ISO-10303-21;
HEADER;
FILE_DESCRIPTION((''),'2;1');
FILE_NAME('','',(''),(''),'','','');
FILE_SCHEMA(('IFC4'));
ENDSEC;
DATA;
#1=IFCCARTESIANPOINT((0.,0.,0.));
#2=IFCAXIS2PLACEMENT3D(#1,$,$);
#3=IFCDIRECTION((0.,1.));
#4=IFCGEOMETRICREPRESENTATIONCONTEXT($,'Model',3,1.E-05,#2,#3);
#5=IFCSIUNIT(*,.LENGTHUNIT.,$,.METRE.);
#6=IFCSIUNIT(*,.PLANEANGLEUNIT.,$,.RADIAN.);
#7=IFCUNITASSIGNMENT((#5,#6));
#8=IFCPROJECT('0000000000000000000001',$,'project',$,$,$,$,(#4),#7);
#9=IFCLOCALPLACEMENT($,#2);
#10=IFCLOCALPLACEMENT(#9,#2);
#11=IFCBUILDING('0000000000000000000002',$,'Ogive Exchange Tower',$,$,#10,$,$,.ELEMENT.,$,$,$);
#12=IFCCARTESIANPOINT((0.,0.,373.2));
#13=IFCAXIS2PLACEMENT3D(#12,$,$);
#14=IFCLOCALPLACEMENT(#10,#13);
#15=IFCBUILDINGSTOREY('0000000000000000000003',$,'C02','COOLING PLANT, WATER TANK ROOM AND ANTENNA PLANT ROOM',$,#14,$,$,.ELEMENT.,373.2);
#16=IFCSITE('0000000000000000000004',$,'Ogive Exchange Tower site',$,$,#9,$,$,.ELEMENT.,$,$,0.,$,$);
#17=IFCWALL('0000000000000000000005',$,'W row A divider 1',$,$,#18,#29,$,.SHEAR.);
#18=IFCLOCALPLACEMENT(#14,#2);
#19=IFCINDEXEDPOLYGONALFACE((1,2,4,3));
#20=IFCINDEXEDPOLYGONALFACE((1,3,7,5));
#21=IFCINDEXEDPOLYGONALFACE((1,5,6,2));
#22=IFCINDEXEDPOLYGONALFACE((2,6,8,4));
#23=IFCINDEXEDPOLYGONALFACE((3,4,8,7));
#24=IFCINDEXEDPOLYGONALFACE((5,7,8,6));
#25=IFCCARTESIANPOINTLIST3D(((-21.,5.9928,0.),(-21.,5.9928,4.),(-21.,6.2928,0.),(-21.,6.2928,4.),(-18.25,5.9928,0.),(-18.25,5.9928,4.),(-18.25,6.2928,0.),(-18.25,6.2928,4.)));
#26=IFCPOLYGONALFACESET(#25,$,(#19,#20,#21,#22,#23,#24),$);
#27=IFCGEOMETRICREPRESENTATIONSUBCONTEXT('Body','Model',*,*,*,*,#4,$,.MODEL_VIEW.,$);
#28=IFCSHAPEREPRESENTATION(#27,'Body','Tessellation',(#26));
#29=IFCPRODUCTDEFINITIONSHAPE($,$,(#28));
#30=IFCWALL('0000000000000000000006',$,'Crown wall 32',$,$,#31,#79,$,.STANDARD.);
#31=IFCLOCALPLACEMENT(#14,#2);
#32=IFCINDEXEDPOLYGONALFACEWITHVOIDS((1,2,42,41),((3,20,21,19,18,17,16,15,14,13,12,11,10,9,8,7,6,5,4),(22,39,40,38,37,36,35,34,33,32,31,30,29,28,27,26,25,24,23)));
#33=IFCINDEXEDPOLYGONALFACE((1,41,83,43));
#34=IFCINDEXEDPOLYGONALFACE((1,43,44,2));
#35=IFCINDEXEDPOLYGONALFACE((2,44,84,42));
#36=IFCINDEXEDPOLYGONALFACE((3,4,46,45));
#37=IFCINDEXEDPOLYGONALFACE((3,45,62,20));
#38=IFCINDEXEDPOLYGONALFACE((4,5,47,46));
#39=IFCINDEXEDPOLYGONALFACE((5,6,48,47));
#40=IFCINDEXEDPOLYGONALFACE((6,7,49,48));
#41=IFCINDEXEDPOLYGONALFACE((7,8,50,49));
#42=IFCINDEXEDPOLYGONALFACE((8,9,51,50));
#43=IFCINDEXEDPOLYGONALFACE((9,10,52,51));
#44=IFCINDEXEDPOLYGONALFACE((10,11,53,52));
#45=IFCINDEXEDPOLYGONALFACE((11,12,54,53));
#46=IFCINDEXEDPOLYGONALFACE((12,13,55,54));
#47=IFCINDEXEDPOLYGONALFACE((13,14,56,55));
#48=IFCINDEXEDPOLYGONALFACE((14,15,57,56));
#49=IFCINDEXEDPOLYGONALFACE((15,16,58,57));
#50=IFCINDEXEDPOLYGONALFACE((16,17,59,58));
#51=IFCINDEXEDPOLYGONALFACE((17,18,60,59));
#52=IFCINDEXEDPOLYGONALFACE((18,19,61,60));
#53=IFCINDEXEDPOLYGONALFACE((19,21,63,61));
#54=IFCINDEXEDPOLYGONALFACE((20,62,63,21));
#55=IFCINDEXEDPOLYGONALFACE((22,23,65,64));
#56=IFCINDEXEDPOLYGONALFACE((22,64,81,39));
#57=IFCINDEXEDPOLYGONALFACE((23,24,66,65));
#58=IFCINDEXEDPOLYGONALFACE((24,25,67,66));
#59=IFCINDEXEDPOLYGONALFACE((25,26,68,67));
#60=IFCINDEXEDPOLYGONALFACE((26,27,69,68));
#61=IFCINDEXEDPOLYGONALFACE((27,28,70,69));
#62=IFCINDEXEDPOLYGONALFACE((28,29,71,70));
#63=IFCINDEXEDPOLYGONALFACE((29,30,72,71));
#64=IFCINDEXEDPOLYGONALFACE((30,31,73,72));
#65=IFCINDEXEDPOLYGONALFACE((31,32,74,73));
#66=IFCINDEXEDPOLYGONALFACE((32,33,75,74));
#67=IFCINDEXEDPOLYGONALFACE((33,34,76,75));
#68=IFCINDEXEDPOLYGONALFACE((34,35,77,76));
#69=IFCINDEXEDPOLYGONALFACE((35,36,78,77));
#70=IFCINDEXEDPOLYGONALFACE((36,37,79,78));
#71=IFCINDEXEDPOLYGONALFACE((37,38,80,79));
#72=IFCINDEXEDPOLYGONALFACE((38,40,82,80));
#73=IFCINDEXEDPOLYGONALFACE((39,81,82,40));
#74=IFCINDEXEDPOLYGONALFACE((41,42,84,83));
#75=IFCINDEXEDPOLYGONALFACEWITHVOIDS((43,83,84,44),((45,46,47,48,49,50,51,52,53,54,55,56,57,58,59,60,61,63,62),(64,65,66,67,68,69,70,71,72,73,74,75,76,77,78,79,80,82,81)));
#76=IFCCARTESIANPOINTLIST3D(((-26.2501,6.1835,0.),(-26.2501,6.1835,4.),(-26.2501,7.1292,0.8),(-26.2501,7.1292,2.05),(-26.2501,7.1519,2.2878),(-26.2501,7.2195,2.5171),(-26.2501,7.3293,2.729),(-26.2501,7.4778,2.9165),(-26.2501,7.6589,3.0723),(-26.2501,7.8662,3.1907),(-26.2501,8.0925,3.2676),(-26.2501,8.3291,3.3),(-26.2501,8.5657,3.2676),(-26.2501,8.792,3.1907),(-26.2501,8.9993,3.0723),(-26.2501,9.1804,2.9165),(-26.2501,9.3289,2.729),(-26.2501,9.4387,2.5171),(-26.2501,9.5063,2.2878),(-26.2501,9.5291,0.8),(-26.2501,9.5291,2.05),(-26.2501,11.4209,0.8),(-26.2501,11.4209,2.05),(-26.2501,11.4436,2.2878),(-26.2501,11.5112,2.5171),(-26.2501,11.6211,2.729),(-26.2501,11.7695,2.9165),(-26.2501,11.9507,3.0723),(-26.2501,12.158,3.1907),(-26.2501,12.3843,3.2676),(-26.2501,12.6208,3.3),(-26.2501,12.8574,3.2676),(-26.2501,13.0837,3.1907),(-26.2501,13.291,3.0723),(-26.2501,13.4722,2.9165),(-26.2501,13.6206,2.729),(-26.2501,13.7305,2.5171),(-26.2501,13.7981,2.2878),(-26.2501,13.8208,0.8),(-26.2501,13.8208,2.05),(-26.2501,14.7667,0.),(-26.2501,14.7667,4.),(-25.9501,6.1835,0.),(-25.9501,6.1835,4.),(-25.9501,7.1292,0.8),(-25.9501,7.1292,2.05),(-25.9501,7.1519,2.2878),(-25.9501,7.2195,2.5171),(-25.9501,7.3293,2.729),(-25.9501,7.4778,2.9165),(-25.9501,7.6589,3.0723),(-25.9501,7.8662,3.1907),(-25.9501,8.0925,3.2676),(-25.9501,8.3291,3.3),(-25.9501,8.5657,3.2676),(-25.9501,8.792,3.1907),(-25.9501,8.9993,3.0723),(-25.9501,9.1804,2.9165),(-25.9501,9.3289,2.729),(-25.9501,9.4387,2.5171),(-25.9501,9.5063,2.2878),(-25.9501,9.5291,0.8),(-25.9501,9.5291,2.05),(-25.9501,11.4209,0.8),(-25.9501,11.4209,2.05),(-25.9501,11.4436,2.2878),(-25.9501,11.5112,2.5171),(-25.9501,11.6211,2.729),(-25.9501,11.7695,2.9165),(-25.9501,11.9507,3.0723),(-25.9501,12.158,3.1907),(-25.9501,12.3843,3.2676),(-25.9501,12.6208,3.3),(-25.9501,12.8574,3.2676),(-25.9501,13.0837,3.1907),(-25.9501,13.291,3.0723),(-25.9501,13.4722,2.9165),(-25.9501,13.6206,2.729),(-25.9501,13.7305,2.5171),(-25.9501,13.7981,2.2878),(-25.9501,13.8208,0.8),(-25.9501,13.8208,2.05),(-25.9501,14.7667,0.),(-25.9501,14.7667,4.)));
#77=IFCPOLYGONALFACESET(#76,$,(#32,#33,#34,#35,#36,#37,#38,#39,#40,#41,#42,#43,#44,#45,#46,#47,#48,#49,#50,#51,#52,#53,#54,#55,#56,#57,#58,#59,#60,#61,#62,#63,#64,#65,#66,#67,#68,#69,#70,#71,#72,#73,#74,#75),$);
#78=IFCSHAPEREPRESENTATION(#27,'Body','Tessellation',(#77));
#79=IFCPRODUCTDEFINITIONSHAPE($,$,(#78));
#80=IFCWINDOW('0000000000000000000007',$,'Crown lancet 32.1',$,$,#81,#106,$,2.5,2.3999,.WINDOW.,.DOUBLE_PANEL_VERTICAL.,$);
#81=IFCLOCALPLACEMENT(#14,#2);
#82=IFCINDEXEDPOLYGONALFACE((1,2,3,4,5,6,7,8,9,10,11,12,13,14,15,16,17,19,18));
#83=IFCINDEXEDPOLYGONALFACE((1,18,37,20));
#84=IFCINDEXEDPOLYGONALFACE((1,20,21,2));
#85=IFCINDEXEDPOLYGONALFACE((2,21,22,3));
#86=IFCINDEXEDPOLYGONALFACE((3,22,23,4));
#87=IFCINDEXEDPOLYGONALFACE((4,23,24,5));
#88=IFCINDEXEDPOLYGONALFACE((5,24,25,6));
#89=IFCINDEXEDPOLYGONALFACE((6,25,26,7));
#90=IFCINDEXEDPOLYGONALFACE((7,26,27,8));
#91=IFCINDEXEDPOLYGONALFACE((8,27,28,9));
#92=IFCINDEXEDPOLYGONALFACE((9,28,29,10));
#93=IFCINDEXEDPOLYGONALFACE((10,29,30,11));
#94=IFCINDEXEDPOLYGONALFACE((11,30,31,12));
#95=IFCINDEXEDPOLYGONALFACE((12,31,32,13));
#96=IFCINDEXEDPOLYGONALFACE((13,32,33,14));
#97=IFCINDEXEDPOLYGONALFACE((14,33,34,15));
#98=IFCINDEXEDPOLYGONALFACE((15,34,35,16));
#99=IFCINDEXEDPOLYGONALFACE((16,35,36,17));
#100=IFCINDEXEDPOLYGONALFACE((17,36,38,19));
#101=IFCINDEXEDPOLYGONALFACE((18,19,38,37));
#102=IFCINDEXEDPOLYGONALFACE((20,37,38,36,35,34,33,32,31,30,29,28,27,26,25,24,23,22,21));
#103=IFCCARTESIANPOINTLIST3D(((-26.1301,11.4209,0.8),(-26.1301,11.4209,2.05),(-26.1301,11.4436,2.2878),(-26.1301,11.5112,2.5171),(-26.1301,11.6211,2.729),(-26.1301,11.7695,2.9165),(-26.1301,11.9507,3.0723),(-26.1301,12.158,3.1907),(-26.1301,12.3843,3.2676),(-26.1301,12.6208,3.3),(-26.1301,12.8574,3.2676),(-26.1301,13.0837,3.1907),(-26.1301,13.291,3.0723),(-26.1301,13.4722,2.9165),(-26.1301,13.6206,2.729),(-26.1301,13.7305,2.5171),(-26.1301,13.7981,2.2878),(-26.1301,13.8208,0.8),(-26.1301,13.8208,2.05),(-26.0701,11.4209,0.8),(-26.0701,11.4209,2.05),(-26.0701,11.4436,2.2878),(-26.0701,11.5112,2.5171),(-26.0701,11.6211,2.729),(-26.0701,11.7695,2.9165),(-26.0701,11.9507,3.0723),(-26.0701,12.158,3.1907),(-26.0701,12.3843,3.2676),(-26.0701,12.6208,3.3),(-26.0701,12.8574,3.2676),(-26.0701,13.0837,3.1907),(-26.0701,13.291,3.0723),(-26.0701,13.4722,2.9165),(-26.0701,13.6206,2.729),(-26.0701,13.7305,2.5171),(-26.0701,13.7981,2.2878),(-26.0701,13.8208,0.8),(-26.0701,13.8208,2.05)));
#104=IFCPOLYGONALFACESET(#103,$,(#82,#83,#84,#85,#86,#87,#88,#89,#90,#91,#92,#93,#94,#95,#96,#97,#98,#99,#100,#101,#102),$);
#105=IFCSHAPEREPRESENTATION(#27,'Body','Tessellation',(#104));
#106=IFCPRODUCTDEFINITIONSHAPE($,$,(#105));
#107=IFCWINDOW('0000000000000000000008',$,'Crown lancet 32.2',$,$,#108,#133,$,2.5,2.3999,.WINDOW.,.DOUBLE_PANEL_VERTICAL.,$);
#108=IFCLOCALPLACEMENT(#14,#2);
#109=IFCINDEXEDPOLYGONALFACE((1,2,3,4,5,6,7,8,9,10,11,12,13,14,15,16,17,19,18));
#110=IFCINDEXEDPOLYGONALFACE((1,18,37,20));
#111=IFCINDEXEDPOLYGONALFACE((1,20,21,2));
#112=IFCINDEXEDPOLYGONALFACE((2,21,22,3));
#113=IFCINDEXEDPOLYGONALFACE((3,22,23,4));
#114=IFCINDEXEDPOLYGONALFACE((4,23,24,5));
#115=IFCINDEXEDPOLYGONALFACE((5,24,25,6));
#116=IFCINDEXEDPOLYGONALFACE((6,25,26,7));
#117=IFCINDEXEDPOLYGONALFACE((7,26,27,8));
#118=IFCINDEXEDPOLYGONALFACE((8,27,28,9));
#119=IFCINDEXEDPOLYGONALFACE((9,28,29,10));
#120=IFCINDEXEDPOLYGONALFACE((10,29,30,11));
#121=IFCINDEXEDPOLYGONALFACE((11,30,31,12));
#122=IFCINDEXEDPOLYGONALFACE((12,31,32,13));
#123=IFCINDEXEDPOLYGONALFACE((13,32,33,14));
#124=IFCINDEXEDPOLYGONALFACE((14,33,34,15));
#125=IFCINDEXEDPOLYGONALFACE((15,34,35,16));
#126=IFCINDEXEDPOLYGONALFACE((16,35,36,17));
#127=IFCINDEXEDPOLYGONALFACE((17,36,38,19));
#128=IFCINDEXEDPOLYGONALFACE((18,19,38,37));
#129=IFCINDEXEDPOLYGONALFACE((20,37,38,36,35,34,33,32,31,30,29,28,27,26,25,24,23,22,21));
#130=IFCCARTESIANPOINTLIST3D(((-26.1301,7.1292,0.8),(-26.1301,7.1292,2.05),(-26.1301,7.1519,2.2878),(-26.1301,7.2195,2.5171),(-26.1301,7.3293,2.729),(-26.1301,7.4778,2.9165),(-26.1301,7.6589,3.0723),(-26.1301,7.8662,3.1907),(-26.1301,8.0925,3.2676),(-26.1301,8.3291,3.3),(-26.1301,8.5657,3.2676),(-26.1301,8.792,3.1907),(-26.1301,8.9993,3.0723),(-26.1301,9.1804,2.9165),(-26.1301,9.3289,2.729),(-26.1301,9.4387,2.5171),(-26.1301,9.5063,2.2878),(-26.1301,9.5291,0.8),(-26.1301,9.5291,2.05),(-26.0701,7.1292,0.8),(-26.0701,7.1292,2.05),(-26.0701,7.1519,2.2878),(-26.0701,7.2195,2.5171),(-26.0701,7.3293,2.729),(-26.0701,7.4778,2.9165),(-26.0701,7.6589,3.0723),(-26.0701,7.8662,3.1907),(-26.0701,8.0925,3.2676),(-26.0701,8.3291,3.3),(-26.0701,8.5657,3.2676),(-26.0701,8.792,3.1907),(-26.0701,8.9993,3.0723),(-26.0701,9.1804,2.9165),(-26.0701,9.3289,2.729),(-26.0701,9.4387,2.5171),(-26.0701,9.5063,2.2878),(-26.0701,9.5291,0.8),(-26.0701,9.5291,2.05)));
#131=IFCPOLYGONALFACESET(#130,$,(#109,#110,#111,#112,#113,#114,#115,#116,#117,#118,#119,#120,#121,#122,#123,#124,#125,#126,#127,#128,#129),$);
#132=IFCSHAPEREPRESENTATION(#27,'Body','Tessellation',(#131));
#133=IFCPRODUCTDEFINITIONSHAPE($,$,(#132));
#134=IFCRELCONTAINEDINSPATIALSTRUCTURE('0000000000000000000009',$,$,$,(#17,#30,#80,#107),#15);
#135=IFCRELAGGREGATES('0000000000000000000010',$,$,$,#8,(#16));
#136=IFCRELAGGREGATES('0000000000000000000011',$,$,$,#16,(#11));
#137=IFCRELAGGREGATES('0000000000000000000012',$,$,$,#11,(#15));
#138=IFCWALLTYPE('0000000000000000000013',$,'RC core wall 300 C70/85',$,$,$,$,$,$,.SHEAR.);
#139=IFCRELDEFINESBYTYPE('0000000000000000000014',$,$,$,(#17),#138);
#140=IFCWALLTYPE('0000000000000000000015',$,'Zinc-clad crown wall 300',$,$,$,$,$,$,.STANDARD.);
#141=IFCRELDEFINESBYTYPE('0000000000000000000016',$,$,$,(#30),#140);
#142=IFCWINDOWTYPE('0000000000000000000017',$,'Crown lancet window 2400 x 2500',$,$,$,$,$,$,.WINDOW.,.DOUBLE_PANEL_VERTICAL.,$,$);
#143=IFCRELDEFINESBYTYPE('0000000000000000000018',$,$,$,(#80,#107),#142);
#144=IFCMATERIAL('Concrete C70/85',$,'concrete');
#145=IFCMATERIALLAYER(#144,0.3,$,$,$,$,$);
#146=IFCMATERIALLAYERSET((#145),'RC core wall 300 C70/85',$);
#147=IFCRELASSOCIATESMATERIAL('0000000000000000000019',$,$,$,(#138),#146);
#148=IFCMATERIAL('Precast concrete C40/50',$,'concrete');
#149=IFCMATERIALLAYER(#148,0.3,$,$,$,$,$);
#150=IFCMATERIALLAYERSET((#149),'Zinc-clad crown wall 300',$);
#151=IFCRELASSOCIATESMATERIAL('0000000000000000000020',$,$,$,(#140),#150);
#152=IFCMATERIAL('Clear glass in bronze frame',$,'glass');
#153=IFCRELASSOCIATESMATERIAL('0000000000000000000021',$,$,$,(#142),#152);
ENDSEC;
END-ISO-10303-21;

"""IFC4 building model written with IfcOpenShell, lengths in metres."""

from ifc_helpers import new_model, si_unit, direction, frame, frame_2d, origin, place, context, subcontext, project, spatial, polyline, rectangle, outline, extrude, material, layer, layer_set, type_object, element, fill, save


model = new_model("IFC4")

# Units and contexts
model_context = context("Model", 3, precision=1e-05, world=origin(), true_north=direction((0.0, 1.0)))
body_context = subcontext(model_context, "Body", "Model", "MODEL_VIEW")
ifc_project = project(units=[si_unit("LENGTHUNIT", "METRE"), si_unit("PLANEANGLEUNIT", "RADIAN")], contexts=[model_context])

# Site, building, storey
site_placement = place(None, origin())
site = spatial("IfcSite", under=ifc_project, at=site_placement, Name="Ogive Exchange Tower site", CompositionType="ELEMENT", RefElevation=0.0)
building_placement = place(site_placement, origin())
building = spatial("IfcBuilding", under=site, at=building_placement, Name="Ogive Exchange Tower", CompositionType="ELEMENT")
storey_placement = place(building_placement, frame((0.0, 0.0, 373.2)))
storey = spatial("IfcBuildingStorey", under=building, at=storey_placement, Name="C02", Description="COOLING PLANT, WATER TANK ROOM AND ANTENNA PLANT ROOM", CompositionType="ELEMENT", Elevation=373.2)

# Wall
ifc_material_1 = material(Name="Concrete C70/85", Category="concrete")
ifc_layer_1 = layer(ifc_material_1, 0.3)
ifc_layer_set_1 = layer_set([ifc_layer_1], Name="RC core wall 300 C70/85")
wall_type_1 = type_object("IfcWallType", Name="RC core wall 300 C70/85", PredefinedType="SHEAR", material=ifc_layer_set_1)
wall_1_placement = place(storey_placement, frame((-21.0, 6.1428, 0.0), z_axis=(0.0, 0.0, 1.0), x_axis=(1.0, 0.0, 0.0)))
element("IfcWall", 1, at=wall_1_placement, inside=storey, type_object=wall_type_1, Name="W row A divider 1", PredefinedType="SHEAR", context=body_context, shape_type="SweptSolid", body=[
    extrude(rectangle(XDim=2.75, YDim=0.3, at=frame_2d((1.375, 0.0))), origin(), (0.0, 0.0, 1.0), 4.0),
])

# Wall, openings, windows
ifc_material_2 = material(Name="Precast concrete C40/50", Category="concrete")
ifc_layer_2 = layer(ifc_material_2, 0.3)
ifc_layer_set_2 = layer_set([ifc_layer_2], Name="Zinc-clad crown wall 300")
wall_type_2 = type_object("IfcWallType", Name="Zinc-clad crown wall 300", PredefinedType="STANDARD", material=ifc_layer_set_2)
wall_2_placement = place(storey_placement, frame((-26.1001, 14.7666, 0.0), z_axis=(0.0, 0.0, 1.0), x_axis=(0.0, -1.0, 0.0)))
wall_2 = element("IfcWall", 2, at=wall_2_placement, inside=storey, type_object=wall_type_2, Name="Crown wall 32", PredefinedType="STANDARD", context=body_context, shape_type="SweptSolid", body=[
    extrude(rectangle(XDim=8.5833, YDim=0.3, at=frame_2d((4.2915, 0.0))), origin(), (0.0, 0.0, 1.0), 4.0),
])
opening_1_placement = place(wall_2_placement, frame((0.9458, 0.0, 0.8)))
opening_1 = element("IfcOpeningElement", 3, at=opening_1_placement, cuts=wall_2, PredefinedType="OPENING", context=body_context, shape_type="SweptSolid", body=[
    extrude(outline(polyline([(0.0, 0.0), (2.3999, 0.0), (2.3999, 1.25), (2.3772, 1.4878), (2.3096, 1.717), (2.1997, 1.929), (2.0513, 2.1165), (1.8701, 2.2722), (1.6628, 2.3906), (1.4365, 2.4675), (1.2, 2.5), (0.9634, 2.4675), (0.7371, 2.3906), (0.5298, 2.2722), (0.3486, 2.1165), (0.2002, 1.929), (0.0903, 1.717), (0.0227, 1.4878), (0.0, 1.25), (0.0, 0.0)])), frame((0.0, 0.1599, 0.0), z_axis=(0.0, -1.0, 0.0), x_axis=(1.0, 0.0, 0.0)), (0.0, 0.0, 1.0), 0.3201),
])
opening_2_placement = place(wall_2_placement, frame((5.2375, 0.0, 0.8)))
opening_2 = element("IfcOpeningElement", 4, at=opening_2_placement, cuts=wall_2, PredefinedType="OPENING", context=body_context, shape_type="SweptSolid", body=[
    extrude(outline(polyline([(0.0, 0.0), (2.3999, 0.0), (2.3999, 1.25), (2.3772, 1.4878), (2.3096, 1.717), (2.1997, 1.929), (2.0513, 2.1165), (1.8701, 2.2722), (1.6628, 2.3906), (1.4365, 2.4675), (1.2, 2.5), (0.9634, 2.4675), (0.7371, 2.3906), (0.5298, 2.2722), (0.3486, 2.1165), (0.2002, 1.929), (0.0903, 1.717), (0.0227, 1.4878), (0.0, 1.25), (0.0, 0.0)])), frame((0.0, 0.1599, 0.0), z_axis=(0.0, -1.0, 0.0), x_axis=(1.0, 0.0, 0.0)), (0.0, 0.0, 1.0), 0.3201),
])
ifc_material_3 = material(Name="Clear glass in bronze frame", Category="glass")
window_type = type_object("IfcWindowType", Name="Crown lancet window 2400 x 2500", PartitioningType="DOUBLE_PANEL_VERTICAL", PredefinedType="WINDOW", material=ifc_material_3)
window_1_placement = place(opening_1_placement, origin())
window_1 = element("IfcWindow", 5, at=window_1_placement, inside=storey, type_object=window_type, Name="Crown lancet 32.1", OverallHeight=2.5, OverallWidth=2.3999, PartitioningType="DOUBLE_PANEL_VERTICAL", PredefinedType="WINDOW", context=body_context, shape_type="SweptSolid", body=[
    extrude(outline(polyline([(0.0, 0.0), (2.3999, 0.0), (2.3999, 1.25), (2.3772, 1.4878), (2.3096, 1.717), (2.1997, 1.929), (2.0513, 2.1165), (1.8701, 2.2722), (1.6628, 2.3906), (1.4365, 2.4675), (1.2, 2.5), (0.9634, 2.4675), (0.7371, 2.3906), (0.5298, 2.2722), (0.3486, 2.1165), (0.2002, 1.929), (0.0903, 1.717), (0.0227, 1.4878), (0.0, 1.25), (0.0, 0.0)])), frame((0.0, 0.03, 0.0), z_axis=(0.0, -1.0, 0.0), x_axis=(1.0, 0.0, 0.0)), (0.0, 0.0, 1.0), 0.0601),
])
fill(opening_1, window_1)
window_2_placement = place(opening_2_placement, origin())
window_2 = element("IfcWindow", 6, at=window_2_placement, inside=storey, type_object=window_type, Name="Crown lancet 32.2", OverallHeight=2.5, OverallWidth=2.3999, PartitioningType="DOUBLE_PANEL_VERTICAL", PredefinedType="WINDOW", context=body_context, shape_type="SweptSolid", body=[
    extrude(outline(polyline([(0.0, 0.0), (2.3999, 0.0), (2.3999, 1.25), (2.3772, 1.4878), (2.3096, 1.717), (2.1997, 1.929), (2.0513, 2.1165), (1.8701, 2.2722), (1.6628, 2.3906), (1.4365, 2.4675), (1.2, 2.5), (0.9634, 2.4675), (0.7371, 2.3906), (0.5298, 2.2722), (0.3486, 2.1165), (0.2002, 1.929), (0.0903, 1.717), (0.0227, 1.4878), (0.0, 1.25), (0.0, 0.0)])), frame((0.0, 0.03, 0.0), z_axis=(0.0, -1.0, 0.0), x_axis=(1.0, 0.0, 0.0)), (0.0, 0.0, 1.0), 0.0601),
])
fill(opening_2, window_2)

save(model, "model.ifc")
